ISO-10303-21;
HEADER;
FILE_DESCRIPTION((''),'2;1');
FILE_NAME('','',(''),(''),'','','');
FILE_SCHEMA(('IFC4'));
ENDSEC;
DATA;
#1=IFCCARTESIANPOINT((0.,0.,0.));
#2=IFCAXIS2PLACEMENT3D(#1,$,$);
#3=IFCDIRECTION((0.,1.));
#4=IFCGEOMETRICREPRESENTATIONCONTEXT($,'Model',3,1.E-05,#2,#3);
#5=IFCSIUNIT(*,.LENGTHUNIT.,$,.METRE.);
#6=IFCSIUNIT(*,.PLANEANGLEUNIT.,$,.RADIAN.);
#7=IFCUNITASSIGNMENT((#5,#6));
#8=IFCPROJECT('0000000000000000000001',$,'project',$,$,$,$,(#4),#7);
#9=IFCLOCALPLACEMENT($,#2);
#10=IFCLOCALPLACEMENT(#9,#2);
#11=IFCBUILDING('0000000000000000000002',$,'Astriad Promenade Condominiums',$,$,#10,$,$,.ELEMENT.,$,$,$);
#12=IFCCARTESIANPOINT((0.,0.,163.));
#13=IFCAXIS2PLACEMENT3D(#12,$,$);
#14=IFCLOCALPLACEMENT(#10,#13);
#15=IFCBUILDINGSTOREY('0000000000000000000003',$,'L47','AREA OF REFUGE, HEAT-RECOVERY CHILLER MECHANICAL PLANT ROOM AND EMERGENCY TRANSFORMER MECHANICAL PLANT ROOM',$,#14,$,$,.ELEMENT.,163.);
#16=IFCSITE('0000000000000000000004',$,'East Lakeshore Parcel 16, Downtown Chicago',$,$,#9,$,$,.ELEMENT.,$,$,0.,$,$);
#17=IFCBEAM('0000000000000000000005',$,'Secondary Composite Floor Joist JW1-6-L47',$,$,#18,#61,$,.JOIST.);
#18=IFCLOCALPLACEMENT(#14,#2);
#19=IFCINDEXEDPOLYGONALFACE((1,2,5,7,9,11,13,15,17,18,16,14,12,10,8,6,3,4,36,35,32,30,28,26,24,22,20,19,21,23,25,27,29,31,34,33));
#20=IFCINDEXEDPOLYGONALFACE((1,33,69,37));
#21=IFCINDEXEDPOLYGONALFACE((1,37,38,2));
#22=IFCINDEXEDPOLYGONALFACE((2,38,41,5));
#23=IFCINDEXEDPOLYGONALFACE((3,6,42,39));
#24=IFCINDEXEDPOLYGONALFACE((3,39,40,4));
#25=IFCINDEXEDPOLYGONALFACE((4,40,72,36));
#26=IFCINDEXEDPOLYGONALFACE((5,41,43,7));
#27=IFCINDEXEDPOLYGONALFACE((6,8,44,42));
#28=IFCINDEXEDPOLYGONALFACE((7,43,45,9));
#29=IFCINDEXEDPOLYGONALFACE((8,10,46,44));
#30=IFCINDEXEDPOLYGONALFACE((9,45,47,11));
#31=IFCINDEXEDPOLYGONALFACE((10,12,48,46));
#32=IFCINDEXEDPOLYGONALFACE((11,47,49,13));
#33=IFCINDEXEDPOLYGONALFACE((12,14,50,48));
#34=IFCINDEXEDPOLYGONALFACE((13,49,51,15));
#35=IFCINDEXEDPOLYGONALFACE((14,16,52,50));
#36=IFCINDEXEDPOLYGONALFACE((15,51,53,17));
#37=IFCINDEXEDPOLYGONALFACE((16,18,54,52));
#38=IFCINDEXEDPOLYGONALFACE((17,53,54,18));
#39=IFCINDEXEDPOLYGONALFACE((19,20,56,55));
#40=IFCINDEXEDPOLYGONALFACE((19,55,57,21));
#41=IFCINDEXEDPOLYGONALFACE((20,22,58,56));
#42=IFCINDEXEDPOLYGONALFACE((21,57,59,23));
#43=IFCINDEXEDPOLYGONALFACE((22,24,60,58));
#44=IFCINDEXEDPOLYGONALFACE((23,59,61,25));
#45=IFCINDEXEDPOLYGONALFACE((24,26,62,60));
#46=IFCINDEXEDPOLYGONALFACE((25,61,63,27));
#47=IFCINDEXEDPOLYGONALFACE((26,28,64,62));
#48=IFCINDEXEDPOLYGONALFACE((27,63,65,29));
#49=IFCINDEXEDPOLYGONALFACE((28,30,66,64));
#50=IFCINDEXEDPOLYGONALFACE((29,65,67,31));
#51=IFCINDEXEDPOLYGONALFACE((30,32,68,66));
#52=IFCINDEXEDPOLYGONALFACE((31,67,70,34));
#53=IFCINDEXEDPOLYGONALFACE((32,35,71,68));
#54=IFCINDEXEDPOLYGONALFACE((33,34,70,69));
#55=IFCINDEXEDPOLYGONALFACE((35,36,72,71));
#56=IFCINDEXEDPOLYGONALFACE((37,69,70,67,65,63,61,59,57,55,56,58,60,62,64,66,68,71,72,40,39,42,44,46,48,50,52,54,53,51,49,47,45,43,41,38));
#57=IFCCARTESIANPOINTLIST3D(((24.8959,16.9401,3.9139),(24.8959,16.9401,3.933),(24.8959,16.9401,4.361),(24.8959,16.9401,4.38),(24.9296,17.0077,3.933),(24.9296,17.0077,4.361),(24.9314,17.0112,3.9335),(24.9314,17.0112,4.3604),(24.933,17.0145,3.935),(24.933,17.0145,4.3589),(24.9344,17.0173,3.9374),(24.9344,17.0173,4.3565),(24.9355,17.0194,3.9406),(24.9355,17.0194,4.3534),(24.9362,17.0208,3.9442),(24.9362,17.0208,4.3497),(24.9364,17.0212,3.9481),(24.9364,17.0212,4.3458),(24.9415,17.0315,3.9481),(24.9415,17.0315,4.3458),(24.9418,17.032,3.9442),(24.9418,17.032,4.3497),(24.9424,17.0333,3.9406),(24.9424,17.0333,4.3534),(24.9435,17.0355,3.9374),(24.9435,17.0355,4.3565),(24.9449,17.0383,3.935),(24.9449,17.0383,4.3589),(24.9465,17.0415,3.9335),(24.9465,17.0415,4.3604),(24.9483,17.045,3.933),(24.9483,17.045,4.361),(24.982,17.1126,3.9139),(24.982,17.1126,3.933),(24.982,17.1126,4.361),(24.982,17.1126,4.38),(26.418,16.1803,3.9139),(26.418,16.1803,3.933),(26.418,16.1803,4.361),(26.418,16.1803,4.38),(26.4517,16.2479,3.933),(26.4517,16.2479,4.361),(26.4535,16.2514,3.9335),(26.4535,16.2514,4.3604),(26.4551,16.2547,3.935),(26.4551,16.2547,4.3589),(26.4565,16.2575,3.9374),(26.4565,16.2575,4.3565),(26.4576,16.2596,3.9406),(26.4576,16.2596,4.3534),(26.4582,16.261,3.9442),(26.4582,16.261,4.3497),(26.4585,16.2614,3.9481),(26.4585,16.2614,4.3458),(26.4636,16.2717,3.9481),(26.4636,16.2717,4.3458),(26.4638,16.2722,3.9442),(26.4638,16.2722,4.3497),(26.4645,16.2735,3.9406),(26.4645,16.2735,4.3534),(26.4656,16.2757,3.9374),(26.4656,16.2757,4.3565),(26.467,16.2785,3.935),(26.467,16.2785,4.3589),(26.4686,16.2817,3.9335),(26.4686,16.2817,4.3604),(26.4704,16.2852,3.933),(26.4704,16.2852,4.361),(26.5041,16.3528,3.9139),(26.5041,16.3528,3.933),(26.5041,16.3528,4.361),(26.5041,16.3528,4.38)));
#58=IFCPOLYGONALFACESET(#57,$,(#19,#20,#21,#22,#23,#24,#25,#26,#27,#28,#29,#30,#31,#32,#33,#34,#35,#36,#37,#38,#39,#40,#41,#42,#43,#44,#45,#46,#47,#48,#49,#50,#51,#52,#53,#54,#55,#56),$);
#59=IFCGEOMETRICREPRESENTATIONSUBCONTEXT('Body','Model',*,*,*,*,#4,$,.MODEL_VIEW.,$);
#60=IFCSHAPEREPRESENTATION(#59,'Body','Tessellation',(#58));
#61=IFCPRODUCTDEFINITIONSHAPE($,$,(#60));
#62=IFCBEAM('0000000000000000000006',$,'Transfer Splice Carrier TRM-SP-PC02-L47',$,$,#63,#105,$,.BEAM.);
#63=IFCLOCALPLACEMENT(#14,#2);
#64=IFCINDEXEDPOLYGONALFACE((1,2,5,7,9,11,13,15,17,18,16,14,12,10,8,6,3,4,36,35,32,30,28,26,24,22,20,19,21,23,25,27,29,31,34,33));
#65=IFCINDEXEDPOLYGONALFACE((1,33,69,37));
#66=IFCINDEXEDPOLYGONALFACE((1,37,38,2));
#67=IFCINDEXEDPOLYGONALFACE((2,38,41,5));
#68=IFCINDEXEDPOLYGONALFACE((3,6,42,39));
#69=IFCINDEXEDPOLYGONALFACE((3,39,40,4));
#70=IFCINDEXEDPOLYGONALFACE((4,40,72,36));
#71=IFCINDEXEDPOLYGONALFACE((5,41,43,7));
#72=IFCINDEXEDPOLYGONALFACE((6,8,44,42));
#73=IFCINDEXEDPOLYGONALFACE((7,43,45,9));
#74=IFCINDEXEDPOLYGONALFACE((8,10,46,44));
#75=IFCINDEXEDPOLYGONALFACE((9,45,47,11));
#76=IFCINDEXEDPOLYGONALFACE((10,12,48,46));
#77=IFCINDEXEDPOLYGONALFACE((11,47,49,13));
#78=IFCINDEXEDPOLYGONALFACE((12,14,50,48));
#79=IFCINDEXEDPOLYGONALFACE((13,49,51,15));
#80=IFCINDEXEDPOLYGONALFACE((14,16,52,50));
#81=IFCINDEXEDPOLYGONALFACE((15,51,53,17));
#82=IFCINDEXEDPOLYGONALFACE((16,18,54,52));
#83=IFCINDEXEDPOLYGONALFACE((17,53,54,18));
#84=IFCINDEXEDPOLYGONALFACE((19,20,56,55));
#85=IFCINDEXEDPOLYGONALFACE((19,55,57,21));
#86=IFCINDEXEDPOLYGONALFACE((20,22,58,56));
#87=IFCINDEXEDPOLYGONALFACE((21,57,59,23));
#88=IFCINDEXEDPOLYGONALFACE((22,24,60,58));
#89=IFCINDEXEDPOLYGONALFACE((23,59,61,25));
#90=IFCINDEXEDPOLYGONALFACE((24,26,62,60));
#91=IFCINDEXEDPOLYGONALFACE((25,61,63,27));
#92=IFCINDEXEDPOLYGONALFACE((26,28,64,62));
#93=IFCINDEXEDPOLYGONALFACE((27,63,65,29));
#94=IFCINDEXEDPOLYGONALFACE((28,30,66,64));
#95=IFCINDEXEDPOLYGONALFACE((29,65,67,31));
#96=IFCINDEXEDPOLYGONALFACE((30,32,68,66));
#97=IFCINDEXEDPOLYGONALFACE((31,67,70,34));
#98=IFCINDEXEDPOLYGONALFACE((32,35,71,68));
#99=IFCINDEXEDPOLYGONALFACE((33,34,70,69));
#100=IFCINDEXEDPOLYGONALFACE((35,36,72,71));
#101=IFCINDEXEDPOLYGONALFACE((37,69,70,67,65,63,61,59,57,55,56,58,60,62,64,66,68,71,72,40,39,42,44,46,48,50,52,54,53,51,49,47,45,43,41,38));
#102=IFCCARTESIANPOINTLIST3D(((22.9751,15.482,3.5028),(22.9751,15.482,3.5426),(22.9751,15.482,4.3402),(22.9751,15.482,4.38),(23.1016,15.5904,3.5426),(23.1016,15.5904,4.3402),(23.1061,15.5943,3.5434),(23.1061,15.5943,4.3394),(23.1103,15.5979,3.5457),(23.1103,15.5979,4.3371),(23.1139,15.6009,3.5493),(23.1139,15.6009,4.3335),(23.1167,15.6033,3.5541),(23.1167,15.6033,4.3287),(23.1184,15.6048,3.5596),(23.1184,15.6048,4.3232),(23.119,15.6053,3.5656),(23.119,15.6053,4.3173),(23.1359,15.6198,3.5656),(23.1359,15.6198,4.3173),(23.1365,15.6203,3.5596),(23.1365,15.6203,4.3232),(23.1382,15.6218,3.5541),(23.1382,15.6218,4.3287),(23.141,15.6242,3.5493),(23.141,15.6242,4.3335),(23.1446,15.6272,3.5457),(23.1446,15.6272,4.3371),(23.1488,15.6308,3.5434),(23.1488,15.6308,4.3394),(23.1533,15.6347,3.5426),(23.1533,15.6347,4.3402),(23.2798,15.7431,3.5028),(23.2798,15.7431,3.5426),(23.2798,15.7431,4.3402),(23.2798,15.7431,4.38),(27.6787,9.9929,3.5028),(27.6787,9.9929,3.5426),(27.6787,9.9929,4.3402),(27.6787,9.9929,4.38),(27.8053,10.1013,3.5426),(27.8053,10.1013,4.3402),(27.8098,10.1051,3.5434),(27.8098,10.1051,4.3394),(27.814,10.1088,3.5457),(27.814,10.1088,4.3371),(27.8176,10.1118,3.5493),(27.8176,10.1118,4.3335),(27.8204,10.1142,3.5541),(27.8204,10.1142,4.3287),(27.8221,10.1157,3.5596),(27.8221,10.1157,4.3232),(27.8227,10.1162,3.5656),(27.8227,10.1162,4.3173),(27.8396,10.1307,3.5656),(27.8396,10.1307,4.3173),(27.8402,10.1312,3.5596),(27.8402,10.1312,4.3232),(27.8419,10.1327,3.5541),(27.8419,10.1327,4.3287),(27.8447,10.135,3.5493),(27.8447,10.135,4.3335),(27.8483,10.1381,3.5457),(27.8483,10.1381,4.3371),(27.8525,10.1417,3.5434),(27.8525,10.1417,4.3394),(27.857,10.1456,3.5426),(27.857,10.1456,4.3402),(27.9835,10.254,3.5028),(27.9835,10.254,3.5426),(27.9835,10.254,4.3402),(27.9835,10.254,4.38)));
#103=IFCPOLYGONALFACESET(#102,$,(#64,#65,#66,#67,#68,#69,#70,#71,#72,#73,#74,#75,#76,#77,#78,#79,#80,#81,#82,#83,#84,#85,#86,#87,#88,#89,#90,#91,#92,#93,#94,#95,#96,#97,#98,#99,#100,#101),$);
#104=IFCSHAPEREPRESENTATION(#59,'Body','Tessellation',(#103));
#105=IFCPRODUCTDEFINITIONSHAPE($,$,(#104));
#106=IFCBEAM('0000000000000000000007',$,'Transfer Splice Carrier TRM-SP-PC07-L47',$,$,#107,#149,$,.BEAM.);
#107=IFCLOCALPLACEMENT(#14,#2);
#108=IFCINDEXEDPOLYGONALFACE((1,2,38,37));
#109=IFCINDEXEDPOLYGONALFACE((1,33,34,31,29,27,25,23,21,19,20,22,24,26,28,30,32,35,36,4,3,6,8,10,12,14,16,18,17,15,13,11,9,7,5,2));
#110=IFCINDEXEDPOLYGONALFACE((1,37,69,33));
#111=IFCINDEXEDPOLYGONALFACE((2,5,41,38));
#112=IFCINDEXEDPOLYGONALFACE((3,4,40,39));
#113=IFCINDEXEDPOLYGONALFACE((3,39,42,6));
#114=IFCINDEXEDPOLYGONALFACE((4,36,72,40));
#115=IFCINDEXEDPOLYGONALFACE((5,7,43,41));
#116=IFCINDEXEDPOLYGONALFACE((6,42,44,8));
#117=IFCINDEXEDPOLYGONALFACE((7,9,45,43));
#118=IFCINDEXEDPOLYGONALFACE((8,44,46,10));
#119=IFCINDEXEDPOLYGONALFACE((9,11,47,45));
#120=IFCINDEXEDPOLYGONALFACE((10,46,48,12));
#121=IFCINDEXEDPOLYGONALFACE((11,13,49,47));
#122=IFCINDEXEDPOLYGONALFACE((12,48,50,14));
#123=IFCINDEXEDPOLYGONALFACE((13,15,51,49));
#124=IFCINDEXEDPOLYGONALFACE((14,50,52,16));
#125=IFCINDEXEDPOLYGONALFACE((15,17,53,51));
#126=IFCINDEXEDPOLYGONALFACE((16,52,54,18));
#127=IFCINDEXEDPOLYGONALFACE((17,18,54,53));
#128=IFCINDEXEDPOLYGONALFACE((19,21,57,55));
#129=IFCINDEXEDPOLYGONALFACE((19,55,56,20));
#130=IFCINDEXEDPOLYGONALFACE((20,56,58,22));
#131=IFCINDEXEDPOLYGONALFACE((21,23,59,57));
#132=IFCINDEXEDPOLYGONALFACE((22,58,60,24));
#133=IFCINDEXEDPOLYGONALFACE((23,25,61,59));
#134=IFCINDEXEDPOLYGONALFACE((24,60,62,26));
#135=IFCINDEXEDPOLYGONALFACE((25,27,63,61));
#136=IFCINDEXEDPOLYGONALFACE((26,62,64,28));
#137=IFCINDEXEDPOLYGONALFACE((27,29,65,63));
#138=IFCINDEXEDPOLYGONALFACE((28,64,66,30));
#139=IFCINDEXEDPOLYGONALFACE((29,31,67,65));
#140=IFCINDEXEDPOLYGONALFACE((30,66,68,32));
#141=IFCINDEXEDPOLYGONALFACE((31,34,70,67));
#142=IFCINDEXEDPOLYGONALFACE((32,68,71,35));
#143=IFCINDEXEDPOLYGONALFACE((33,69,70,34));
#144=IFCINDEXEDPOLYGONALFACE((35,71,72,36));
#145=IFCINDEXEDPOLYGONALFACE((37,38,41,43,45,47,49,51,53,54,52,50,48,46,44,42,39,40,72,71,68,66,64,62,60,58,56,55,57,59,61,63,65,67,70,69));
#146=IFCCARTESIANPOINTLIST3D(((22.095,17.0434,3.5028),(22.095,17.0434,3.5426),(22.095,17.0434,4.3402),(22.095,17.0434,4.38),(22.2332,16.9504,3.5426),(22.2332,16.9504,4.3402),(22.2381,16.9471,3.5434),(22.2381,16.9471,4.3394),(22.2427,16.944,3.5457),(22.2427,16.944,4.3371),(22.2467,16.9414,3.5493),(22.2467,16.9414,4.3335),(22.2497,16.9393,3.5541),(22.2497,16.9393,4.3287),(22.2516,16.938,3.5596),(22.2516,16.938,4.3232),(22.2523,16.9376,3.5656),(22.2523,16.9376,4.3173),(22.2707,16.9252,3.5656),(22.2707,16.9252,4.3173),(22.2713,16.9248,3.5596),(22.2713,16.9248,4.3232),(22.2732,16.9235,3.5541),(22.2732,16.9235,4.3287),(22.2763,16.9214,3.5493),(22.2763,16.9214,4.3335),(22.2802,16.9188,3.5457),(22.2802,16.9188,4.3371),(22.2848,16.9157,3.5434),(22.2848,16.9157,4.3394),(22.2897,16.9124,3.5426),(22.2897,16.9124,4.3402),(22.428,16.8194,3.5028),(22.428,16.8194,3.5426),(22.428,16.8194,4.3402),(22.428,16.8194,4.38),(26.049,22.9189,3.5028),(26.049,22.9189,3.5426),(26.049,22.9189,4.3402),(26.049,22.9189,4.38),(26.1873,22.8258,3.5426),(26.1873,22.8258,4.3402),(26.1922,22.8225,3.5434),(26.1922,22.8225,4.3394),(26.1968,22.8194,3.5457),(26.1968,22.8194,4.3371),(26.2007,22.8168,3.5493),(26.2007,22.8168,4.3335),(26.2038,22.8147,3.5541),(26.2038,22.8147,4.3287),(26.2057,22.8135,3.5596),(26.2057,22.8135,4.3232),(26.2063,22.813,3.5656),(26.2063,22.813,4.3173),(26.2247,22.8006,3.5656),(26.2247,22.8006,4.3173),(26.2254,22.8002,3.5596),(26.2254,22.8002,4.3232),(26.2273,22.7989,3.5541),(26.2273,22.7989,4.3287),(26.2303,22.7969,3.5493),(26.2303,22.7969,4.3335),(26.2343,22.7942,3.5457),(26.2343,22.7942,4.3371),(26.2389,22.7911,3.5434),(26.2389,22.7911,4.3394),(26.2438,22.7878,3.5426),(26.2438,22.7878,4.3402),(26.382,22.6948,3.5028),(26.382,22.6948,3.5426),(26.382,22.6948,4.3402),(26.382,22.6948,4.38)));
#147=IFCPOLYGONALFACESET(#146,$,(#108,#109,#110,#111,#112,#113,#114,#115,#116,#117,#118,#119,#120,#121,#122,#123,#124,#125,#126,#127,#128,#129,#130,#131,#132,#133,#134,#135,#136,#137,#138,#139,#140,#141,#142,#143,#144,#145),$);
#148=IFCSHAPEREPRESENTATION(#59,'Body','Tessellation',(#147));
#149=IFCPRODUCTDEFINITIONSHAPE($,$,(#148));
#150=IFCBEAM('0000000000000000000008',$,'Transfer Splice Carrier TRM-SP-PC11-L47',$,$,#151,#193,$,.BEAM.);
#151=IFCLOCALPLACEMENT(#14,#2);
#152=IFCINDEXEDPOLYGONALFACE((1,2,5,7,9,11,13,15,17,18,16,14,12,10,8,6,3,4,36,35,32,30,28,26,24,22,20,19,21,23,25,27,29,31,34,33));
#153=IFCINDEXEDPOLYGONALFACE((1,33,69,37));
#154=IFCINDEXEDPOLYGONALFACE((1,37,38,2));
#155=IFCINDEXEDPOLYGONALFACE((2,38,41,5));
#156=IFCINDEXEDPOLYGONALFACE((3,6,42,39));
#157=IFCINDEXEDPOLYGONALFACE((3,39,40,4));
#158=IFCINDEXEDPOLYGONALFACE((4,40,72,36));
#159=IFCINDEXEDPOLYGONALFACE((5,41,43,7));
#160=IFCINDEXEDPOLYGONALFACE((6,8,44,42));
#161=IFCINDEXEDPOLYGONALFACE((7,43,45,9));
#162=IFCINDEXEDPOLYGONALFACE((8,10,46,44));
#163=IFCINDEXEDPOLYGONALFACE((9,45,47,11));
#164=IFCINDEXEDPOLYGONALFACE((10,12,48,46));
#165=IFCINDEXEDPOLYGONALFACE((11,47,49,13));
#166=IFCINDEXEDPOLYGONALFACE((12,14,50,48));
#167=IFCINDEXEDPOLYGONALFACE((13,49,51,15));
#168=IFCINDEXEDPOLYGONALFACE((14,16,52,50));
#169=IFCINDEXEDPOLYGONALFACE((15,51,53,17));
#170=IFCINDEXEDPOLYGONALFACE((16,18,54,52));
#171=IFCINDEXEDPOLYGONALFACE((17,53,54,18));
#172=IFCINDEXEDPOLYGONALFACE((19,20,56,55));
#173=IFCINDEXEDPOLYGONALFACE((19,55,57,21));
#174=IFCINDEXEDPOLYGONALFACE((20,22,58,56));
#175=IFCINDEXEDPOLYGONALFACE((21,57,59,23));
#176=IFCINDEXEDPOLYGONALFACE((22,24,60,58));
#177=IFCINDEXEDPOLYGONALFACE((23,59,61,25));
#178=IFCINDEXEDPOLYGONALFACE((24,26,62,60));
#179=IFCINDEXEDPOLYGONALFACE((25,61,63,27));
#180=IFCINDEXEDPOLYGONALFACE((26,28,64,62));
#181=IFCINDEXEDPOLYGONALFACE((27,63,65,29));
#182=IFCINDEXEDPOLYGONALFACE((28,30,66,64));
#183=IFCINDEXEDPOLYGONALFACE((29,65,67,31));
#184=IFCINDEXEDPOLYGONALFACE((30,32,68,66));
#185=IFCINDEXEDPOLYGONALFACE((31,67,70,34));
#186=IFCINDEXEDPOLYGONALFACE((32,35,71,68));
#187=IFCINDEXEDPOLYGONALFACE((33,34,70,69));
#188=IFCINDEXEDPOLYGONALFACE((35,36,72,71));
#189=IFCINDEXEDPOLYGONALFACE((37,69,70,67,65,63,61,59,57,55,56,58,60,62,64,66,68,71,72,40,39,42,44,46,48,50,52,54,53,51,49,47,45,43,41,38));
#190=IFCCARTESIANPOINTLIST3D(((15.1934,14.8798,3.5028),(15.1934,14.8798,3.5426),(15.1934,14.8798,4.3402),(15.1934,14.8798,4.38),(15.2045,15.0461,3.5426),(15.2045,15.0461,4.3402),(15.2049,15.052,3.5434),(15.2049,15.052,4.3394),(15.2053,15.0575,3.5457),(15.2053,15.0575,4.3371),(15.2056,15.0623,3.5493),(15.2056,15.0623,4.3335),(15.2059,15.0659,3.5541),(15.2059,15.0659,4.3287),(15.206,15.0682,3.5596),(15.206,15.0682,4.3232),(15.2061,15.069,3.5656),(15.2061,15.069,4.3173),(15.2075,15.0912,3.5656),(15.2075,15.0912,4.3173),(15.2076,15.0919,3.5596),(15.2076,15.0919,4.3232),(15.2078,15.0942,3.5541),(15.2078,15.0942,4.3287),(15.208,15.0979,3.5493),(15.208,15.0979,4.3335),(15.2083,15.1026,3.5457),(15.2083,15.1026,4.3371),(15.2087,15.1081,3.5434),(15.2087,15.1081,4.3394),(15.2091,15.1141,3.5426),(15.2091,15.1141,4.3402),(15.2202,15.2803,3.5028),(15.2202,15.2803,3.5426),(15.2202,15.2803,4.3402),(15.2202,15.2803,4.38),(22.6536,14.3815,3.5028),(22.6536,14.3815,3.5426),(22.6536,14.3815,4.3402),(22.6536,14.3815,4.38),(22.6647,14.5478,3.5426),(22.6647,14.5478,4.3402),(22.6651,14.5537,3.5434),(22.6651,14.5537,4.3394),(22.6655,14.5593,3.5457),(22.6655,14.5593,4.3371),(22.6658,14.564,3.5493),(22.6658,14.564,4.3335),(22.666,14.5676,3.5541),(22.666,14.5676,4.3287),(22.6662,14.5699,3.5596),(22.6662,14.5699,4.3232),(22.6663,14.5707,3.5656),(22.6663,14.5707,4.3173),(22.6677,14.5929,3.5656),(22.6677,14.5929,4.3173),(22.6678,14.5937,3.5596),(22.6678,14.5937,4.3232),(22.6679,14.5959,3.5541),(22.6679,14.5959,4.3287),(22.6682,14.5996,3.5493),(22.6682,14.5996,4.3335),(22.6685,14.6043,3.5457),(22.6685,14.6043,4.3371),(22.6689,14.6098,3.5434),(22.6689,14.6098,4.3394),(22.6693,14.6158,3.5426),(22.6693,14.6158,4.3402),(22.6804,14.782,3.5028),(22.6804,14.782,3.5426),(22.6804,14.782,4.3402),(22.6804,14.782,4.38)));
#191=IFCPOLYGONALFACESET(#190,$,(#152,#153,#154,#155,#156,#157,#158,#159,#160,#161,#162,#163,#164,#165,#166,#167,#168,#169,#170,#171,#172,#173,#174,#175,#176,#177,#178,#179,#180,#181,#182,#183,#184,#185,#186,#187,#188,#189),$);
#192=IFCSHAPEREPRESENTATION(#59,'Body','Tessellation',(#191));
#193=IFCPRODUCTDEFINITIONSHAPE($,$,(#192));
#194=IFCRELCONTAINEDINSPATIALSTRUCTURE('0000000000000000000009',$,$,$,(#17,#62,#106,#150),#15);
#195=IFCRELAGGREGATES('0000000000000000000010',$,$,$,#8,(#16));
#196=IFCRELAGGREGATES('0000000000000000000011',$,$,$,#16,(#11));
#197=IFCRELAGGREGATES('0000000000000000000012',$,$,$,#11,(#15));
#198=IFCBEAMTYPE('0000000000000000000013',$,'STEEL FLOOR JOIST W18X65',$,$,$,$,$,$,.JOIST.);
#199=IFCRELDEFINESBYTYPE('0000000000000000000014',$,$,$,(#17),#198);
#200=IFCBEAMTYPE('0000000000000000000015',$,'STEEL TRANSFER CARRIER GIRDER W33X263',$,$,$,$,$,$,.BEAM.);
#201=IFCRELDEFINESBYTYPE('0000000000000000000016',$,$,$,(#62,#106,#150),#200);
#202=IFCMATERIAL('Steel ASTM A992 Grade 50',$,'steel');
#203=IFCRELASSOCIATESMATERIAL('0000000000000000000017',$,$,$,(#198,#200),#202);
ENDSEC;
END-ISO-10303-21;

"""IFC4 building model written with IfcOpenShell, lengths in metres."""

from ifc_helpers import new_model, si_unit, direction, frame, origin, origin_2d, place, context, subcontext, project, spatial, i_section, extrude, source, transform, mapped, material, material_profile, profile_set, type_object, type_shapes, element, save


model = new_model("IFC4")

# Units and contexts
model_context = context("Model", 3, precision=1e-05, world=origin(), true_north=direction((0.0, 1.0)))
body_context = subcontext(model_context, "Body", "Model", "MODEL_VIEW")
ifc_project = project(units=[si_unit("LENGTHUNIT", "METRE"), si_unit("PLANEANGLEUNIT", "RADIAN")], contexts=[model_context])

# Site, building, storey
site_placement = place(None, origin())
site = spatial("IfcSite", under=ifc_project, at=site_placement, Name="East Lakeshore Parcel 16, Downtown Chicago", CompositionType="ELEMENT", RefElevation=0.0)
building_placement = place(site_placement, origin())
building = spatial("IfcBuilding", under=site, at=building_placement, Name="Astriad Promenade Condominiums", CompositionType="ELEMENT")
storey_placement = place(building_placement, frame((0.0, 0.0, 163.0)))
storey = spatial("IfcBuildingStorey", under=building, at=storey_placement, Name="L47", Description="AREA OF REFUGE, HEAT-RECOVERY CHILLER MECHANICAL PLANT ROOM AND EMERGENCY TRANSFORMER MECHANICAL PLANT ROOM", CompositionType="ELEMENT", Elevation=163.0)

# Shared definitions
ifc_material_1 = material(Name="Steel ASTM A992 Grade 50", Category="steel")

# Beams
ifc_material_profile_1 = material_profile(ifc_material_1, i_section(OverallWidth=0.1929, OverallDepth=0.4661, WebThickness=0.0115, FlangeThickness=0.019, FilletRadius=0.0151, at=origin_2d()), Name="W18X65")
ifc_profile_set_1 = profile_set([ifc_material_profile_1], Name="Steel ASTM A992 Grade 50")
beam_type_1 = type_object("IfcBeamType", Name="STEEL FLOOR JOIST W18X65", PredefinedType="JOIST", material=ifc_profile_set_1)
shared_shape_1 = source(origin(), body_context, "Body", "SweptSolid", [
    extrude(i_section(OverallWidth=0.1929, OverallDepth=0.4661, WebThickness=0.0115, FlangeThickness=0.019, FilletRadius=0.0151, at=origin_2d()), origin(), (0.0, 0.0, 1.0), 1.7012),
])
beam_1_placement = place(storey_placement, frame((24.939, 17.0264, 4.147), z_axis=(0.894714, -0.446639, 0.0), x_axis=(0.446639, 0.894714, 0.0)))
element("IfcBeam", 1, at=beam_1_placement, inside=storey, type_object=beam_type_1, Name="Secondary Composite Floor Joist JW1-6-L47", PredefinedType="JOIST", context=body_context, shape_type="MappedRepresentation", body=[
    mapped(shared_shape_1, transform((0.0, 0.0, 0.0), scale=1.0)),
])
ifc_material_profile_2 = material_profile(ifc_material_1, i_section(OverallWidth=0.4014, OverallDepth=0.8772, WebThickness=0.0222, FlangeThickness=0.0398, FilletRadius=0.0229, at=origin_2d()), Name="W33X263")
ifc_profile_set_2 = profile_set([ifc_material_profile_2], Name="Steel ASTM A992 Grade 50")
beam_type_2 = type_object("IfcBeamType", Name="STEEL TRANSFER CARRIER GIRDER W33X263", PredefinedType="BEAM", material=ifc_profile_set_2)
shared_shape_2 = source(origin(), body_context, "Body", "SweptSolid", [
    extrude(i_section(OverallWidth=0.4014, OverallDepth=0.8772, WebThickness=0.0222, FlangeThickness=0.0398, FilletRadius=0.0229, at=origin_2d()), origin(), (0.0, 0.0, 1.0), 7.2288),
])
beam_2_placement = place(storey_placement, frame((23.1274, 15.6125, 3.9414), z_axis=(0.650691, -0.759342, 0.0), x_axis=(0.759342, 0.650691, 0.0)))
element("IfcBeam", 2, at=beam_2_placement, inside=storey, type_object=beam_type_2, Name="Transfer Splice Carrier TRM-SP-PC02-L47", PredefinedType="BEAM", context=body_context, shape_type="MappedRepresentation", body=[
    mapped(shared_shape_2, transform((0.0, 0.0, 0.0), scale=1.0)),
])
shared_shape_3 = source(origin(), body_context, "Body", "SweptSolid", [
    extrude(i_section(OverallWidth=0.4014, OverallDepth=0.8772, WebThickness=0.0222, FlangeThickness=0.0398, FilletRadius=0.0229, at=origin_2d()), origin(), (0.0, 0.0, 1.0), 7.082),
])
beam_3_placement = place(storey_placement, frame((22.2615, 16.9314, 3.9414), z_axis=(0.558323, 0.829624, 0.0), x_axis=(-0.829624, 0.558323, 0.0)))
element("IfcBeam", 3, at=beam_3_placement, inside=storey, type_object=beam_type_2, Name="Transfer Splice Carrier TRM-SP-PC07-L47", PredefinedType="BEAM", context=body_context, shape_type="MappedRepresentation", body=[
    mapped(shared_shape_3, transform((0.0, 0.0, 0.0), scale=1.0)),
])
shared_shape_4 = source(origin(), body_context, "Body", "SweptSolid", [
    extrude(i_section(OverallWidth=0.4014, OverallDepth=0.8772, WebThickness=0.0222, FlangeThickness=0.0398, FilletRadius=0.0229, at=origin_2d()), origin(), (0.0, 0.0, 1.0), 7.4768),
])
type_shapes(beam_type_2, [shared_shape_2, shared_shape_3, shared_shape_4])
beam_4_placement = place(storey_placement, frame((22.667, 14.5818, 3.9414), z_axis=(-0.997777, 0.066645, 0.0), x_axis=(-0.066645, -0.997777, 0.0)))
element("IfcBeam", 4, at=beam_4_placement, inside=storey, type_object=beam_type_2, Name="Transfer Splice Carrier TRM-SP-PC11-L47", PredefinedType="BEAM", context=body_context, shape_type="MappedRepresentation", body=[
    mapped(shared_shape_4, transform((0.0, 0.0, 0.0), scale=1.0)),
])

save(model, "model.ifc")
